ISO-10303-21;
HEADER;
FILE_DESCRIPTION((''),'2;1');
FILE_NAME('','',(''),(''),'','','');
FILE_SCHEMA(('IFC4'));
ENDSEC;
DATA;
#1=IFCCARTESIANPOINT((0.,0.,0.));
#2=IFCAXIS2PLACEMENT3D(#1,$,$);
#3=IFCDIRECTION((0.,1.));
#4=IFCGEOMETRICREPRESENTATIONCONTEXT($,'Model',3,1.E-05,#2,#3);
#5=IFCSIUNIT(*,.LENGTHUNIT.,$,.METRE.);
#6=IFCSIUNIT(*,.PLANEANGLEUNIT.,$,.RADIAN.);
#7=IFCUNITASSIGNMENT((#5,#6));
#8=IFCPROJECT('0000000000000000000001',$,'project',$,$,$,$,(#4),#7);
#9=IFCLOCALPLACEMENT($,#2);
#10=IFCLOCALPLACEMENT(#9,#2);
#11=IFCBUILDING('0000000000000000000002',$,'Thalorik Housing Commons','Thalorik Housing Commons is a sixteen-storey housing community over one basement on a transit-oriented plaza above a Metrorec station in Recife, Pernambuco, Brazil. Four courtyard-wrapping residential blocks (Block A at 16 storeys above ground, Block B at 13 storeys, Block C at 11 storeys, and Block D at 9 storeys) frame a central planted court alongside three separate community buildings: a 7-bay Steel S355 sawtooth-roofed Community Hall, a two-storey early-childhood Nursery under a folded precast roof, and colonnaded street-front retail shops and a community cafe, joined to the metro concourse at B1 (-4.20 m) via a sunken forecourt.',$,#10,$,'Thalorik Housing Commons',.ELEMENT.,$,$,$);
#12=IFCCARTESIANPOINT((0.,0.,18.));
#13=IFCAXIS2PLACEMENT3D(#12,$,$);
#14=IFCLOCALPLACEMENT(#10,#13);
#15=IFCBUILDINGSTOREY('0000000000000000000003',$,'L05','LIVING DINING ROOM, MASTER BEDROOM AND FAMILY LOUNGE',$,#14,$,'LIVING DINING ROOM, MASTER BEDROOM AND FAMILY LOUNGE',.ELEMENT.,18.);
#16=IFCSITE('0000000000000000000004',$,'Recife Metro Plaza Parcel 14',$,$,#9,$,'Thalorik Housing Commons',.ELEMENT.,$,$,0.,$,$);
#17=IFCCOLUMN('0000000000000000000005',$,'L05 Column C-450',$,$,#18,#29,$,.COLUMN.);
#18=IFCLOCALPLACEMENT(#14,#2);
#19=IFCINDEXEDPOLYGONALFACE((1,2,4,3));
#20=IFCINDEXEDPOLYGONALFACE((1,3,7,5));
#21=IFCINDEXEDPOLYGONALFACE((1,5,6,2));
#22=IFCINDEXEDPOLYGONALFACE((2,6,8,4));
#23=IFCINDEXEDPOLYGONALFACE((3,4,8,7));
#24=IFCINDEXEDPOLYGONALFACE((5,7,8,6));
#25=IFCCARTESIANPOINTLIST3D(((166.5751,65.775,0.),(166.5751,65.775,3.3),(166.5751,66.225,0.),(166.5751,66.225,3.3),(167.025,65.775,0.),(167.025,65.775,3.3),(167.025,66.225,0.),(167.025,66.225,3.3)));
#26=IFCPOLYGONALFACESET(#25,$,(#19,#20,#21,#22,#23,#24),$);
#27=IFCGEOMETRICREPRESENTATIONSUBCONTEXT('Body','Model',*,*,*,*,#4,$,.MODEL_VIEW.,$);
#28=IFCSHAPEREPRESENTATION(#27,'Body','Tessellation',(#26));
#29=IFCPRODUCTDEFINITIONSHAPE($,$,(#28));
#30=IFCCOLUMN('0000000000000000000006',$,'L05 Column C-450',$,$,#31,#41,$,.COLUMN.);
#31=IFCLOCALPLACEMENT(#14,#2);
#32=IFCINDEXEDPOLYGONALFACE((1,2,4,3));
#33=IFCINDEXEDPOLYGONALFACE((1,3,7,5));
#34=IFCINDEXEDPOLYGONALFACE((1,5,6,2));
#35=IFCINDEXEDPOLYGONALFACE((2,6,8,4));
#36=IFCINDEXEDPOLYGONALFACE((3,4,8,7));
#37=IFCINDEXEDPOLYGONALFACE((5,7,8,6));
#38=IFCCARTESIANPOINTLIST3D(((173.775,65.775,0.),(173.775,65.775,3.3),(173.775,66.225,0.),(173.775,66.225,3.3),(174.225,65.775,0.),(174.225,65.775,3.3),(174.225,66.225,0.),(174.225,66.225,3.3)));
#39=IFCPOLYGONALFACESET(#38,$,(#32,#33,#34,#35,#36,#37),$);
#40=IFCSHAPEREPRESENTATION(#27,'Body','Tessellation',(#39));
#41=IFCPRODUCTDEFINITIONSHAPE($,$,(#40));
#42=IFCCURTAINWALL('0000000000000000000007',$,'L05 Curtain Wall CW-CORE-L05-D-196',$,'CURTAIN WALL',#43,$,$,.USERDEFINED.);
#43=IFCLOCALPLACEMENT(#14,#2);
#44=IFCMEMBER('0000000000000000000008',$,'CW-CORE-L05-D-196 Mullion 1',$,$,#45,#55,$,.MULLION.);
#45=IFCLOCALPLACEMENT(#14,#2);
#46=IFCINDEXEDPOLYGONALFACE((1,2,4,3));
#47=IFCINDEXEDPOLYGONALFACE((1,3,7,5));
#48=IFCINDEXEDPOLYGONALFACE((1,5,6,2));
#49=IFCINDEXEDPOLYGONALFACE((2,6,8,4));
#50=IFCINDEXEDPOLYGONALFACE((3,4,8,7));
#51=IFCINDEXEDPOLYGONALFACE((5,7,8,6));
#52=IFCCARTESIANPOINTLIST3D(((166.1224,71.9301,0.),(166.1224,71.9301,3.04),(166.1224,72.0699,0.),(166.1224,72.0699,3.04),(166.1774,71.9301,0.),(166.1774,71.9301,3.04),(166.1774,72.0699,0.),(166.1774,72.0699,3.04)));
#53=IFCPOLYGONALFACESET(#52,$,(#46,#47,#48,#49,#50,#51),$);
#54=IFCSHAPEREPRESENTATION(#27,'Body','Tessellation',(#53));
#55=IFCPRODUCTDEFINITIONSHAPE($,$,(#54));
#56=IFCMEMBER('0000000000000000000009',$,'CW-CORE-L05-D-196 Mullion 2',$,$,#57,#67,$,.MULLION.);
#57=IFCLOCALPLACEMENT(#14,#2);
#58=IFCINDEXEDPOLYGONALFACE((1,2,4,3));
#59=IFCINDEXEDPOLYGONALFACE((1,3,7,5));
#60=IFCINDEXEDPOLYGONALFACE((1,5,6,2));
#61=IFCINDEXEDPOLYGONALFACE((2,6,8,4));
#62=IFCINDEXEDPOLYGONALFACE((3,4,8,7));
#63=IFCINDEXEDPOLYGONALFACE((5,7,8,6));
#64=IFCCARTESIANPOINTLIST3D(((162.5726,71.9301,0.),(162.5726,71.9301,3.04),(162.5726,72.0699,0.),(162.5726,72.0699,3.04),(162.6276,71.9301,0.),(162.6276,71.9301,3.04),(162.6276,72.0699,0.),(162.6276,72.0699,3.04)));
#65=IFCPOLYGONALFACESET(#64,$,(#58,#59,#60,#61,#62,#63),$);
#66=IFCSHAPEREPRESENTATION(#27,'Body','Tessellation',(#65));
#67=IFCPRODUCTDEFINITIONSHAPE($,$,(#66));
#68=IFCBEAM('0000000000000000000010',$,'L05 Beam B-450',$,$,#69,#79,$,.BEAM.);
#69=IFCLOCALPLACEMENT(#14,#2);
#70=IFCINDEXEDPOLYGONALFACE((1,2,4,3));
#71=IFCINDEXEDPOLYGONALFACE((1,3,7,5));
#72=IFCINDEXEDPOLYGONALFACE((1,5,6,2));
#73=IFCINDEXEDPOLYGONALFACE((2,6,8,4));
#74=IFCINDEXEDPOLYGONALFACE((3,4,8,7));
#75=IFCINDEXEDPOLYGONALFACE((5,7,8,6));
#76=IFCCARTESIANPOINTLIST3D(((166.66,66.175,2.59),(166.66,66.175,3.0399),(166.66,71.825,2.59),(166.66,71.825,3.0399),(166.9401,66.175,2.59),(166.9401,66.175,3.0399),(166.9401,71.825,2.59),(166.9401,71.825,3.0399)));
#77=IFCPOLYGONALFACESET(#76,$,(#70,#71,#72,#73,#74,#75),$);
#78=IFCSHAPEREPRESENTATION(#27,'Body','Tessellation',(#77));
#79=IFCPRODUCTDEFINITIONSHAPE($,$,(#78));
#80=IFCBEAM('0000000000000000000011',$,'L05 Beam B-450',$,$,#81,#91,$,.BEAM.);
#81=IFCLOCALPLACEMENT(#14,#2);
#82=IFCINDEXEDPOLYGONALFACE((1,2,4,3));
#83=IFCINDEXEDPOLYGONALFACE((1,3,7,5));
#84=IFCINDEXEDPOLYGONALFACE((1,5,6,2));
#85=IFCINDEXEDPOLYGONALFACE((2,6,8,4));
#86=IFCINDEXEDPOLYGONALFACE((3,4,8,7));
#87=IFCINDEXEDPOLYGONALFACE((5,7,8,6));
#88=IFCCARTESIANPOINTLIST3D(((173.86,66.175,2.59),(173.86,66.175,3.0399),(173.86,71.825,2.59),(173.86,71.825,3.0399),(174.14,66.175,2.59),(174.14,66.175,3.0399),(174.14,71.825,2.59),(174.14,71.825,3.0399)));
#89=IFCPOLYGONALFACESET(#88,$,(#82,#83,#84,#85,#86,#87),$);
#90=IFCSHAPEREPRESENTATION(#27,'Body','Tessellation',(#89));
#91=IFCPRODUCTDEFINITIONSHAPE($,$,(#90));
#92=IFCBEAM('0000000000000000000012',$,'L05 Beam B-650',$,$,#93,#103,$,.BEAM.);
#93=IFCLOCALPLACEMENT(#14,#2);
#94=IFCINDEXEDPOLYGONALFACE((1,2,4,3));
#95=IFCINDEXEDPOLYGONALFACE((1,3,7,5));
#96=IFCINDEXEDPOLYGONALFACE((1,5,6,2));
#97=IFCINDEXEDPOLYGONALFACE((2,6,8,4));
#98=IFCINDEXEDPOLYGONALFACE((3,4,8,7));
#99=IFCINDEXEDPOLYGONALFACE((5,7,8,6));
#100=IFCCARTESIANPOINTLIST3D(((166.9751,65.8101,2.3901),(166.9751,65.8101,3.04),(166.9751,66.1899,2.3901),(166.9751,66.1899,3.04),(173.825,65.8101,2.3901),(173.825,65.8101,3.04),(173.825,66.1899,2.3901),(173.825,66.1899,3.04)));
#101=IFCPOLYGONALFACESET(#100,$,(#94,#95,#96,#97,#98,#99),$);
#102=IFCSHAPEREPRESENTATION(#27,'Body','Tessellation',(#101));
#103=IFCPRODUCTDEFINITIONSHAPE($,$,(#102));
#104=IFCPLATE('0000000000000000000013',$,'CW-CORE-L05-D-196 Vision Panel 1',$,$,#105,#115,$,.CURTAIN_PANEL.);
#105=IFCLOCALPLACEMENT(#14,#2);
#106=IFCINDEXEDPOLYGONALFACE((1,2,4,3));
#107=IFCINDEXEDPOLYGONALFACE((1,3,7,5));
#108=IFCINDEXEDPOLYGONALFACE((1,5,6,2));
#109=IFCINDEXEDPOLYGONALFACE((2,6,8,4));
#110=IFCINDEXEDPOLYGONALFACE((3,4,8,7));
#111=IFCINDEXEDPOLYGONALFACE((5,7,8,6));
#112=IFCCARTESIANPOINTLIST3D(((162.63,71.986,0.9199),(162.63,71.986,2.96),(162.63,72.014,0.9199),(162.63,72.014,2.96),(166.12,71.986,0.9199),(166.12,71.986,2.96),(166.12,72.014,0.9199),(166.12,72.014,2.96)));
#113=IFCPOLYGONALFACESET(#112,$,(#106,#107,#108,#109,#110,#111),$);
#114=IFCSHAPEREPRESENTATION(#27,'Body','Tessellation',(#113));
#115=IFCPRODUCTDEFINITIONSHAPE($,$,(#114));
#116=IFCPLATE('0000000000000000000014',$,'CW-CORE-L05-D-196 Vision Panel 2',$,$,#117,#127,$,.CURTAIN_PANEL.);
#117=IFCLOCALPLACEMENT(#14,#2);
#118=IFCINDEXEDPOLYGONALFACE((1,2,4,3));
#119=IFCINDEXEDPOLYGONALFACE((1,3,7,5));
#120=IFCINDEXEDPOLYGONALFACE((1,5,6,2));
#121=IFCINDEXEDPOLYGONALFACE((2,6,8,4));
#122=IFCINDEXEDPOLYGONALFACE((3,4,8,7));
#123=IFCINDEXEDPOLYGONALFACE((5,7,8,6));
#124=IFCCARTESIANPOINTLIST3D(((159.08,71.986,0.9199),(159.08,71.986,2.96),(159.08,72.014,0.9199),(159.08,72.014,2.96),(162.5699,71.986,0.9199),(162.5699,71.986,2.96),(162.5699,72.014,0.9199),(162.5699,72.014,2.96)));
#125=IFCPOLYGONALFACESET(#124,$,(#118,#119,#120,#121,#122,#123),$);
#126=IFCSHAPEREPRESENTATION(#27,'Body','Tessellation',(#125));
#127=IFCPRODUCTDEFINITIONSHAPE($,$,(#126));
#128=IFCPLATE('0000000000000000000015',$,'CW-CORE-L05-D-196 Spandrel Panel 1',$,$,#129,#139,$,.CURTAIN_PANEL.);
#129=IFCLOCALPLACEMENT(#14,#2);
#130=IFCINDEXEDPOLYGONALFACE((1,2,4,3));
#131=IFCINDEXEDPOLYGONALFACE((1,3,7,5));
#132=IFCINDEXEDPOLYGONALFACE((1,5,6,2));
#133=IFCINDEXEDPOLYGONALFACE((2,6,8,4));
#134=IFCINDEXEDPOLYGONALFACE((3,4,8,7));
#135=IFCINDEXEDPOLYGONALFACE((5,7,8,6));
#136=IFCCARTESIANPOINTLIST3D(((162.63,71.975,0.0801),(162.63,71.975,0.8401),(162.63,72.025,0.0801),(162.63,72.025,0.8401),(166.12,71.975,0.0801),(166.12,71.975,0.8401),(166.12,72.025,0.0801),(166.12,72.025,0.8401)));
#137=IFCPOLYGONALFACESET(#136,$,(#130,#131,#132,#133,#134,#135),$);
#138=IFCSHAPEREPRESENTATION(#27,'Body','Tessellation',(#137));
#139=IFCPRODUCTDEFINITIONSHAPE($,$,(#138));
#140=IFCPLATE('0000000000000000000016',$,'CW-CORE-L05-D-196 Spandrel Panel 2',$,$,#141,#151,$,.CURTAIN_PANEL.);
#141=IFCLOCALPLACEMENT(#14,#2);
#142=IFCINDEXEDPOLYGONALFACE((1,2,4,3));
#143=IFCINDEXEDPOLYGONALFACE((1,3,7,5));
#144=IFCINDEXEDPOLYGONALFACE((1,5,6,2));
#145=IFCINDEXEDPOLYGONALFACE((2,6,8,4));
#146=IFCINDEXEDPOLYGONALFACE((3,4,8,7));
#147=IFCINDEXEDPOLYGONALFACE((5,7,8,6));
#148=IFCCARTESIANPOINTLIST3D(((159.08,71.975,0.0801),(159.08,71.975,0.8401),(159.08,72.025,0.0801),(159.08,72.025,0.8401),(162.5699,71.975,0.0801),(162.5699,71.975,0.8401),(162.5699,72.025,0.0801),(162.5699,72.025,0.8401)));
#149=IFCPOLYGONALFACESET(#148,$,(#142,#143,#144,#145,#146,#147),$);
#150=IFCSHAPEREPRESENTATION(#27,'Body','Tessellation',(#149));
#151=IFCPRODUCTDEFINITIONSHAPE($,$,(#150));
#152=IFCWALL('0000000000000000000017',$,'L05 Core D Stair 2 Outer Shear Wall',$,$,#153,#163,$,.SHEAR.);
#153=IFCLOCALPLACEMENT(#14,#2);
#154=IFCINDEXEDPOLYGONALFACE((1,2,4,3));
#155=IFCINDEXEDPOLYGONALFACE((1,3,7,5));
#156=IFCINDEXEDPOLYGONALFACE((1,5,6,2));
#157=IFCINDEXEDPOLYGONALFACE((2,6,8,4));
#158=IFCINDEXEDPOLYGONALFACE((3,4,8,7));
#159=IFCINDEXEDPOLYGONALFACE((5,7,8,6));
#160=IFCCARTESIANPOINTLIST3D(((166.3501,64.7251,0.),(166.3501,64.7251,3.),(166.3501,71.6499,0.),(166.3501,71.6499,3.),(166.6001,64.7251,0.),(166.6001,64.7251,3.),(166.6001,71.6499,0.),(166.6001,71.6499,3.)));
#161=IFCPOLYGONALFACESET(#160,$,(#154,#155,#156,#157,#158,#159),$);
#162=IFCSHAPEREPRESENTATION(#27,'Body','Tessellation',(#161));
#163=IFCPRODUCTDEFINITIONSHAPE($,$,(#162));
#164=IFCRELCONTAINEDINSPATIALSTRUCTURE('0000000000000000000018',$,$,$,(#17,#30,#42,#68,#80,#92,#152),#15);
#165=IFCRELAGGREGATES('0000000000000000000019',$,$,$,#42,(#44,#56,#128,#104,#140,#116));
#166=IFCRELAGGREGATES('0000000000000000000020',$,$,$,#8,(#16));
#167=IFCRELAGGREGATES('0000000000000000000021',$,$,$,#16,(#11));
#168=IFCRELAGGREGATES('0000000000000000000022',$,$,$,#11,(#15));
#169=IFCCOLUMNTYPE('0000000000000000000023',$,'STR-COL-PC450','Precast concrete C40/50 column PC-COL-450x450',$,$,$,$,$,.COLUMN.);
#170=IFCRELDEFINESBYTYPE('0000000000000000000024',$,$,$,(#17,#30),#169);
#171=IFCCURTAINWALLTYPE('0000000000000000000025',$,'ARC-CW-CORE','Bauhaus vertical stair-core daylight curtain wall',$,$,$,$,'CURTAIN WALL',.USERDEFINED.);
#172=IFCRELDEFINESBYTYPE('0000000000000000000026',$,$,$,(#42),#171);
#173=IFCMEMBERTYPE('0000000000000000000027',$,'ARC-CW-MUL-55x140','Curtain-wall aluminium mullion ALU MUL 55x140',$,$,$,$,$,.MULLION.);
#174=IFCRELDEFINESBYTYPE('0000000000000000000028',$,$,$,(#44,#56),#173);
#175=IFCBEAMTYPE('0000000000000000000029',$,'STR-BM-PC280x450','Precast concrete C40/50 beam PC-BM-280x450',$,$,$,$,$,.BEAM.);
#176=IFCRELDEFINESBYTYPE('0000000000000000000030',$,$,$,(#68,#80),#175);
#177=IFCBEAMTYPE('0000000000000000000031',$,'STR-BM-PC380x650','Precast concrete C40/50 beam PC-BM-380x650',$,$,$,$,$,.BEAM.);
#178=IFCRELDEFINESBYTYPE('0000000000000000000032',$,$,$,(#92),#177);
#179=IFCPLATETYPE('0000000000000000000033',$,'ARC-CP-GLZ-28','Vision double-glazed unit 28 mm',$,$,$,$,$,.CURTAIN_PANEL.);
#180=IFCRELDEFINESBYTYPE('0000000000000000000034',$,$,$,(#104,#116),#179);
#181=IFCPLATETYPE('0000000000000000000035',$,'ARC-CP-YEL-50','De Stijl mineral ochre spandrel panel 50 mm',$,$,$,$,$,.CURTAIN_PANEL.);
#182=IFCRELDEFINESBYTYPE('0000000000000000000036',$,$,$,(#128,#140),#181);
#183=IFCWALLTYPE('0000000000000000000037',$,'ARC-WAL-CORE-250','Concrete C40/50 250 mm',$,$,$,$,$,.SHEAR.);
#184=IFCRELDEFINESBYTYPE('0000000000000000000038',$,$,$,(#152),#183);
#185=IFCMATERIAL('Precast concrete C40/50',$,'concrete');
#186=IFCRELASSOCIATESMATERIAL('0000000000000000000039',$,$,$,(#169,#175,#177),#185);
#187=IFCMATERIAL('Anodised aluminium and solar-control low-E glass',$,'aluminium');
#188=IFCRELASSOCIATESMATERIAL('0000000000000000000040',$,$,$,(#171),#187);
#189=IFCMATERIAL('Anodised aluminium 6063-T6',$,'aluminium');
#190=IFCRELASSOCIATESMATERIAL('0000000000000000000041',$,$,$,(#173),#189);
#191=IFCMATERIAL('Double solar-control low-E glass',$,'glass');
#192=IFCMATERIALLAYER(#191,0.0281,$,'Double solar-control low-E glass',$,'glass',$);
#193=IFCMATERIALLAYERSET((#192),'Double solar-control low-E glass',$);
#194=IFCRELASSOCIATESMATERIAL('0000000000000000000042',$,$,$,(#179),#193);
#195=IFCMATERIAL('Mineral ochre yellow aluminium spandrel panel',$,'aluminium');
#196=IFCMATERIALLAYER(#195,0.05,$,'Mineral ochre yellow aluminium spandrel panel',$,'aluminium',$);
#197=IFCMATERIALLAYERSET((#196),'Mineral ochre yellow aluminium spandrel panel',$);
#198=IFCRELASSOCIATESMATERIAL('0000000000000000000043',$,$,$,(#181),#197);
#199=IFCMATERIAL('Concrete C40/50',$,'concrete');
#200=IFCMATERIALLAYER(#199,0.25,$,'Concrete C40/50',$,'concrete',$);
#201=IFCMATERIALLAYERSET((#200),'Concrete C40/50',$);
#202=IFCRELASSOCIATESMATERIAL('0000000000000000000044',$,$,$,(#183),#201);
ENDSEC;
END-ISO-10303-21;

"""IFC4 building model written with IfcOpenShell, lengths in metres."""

from ifc_helpers import new_model, si_unit, direction, frame, frame_2d, origin, origin_2d, place, context, subcontext, project, spatial, rectangle, extrude, material, layer, layer_set, material_profile, profile_set, type_object, element, aggregate, save


model = new_model("IFC4")

# Units and contexts
model_context = context("Model", 3, precision=1e-05, world=origin(), true_north=direction((0.0, 1.0)))
body_context = subcontext(model_context, "Body", "Model", "MODEL_VIEW")
ifc_project = project(units=[si_unit("LENGTHUNIT", "METRE"), si_unit("PLANEANGLEUNIT", "RADIAN")], contexts=[model_context])

# Site, building, storey
site_placement = place(None, origin())
site = spatial("IfcSite", under=ifc_project, at=site_placement, Name="Recife Metro Plaza Parcel 14", LongName="Thalorik Housing Commons", CompositionType="ELEMENT", RefElevation=0.0)
building_placement = place(site_placement, origin())
building = spatial("IfcBuilding", under=site, at=building_placement, Name="Thalorik Housing Commons", Description="Thalorik Housing Commons is a sixteen-storey housing community over one basement on a transit-oriented plaza above a Metrorec station in Recife, Pernambuco, Brazil. Four courtyard-wrapping residential blocks (Block A at 16 storeys above ground, Block B at 13 storeys, Block C at 11 storeys, and Block D at 9 storeys) frame a central planted court alongside three separate community buildings: a 7-bay Steel S355 sawtooth-roofed Community Hall, a two-storey early-childhood Nursery under a folded precast roof, and colonnaded street-front retail shops and a community cafe, joined to the metro concourse at B1 (-4.20 m) via a sunken forecourt.", LongName="Thalorik Housing Commons", CompositionType="ELEMENT")
storey_placement = place(building_placement, frame((0.0, 0.0, 18.0)))
storey = spatial("IfcBuildingStorey", under=building, at=storey_placement, Name="L05", Description="LIVING DINING ROOM, MASTER BEDROOM AND FAMILY LOUNGE", LongName="LIVING DINING ROOM, MASTER BEDROOM AND FAMILY LOUNGE", CompositionType="ELEMENT", Elevation=18.0)

# Columns
ifc_material_1 = material(Name="Precast concrete C40/50", Category="concrete")
ifc_material_profile_1 = material_profile(ifc_material_1, rectangle(XDim=0.45, YDim=0.45, at=origin_2d()), Name="PC 450x450", Category="concrete")
ifc_profile_set_1 = profile_set([ifc_material_profile_1], Name="Precast concrete C40/50")
column_type = type_object("IfcColumnType", Name="STR-COL-PC450", Description="Precast concrete C40/50 column PC-COL-450x450", PredefinedType="COLUMN", material=ifc_profile_set_1)
for number, where, z_axis, x_axis, name in (
    (1, (166.8, 66.0, 0.0), (0.0, 0.0, 1.0), (1.0, 0.0, 0.0), "L05 Column C-450"),
    (2, (174.0, 66.0, 0.0), (0.0, 0.0, 1.0), (1.0, 0.0, 0.0), "L05 Column C-450"),
):
    element("IfcColumn", number, at=place(storey_placement, frame(where, z_axis=z_axis, x_axis=x_axis)), inside=storey, type_object=column_type, Name=name, PredefinedType="COLUMN", context=body_context, shape_type="SweptSolid", body=[
        extrude(rectangle(XDim=0.45, YDim=0.45, at=origin_2d()), origin(), (0.0, 0.0, 1.0), 3.3),
    ])

# Curtain wall, members
ifc_material_2 = material(Name="Anodised aluminium and solar-control low-E glass", Category="aluminium")
curtain_wall_type = type_object("IfcCurtainWallType", Name="ARC-CW-CORE", Description="Bauhaus vertical stair-core daylight curtain wall", ElementType="CURTAIN WALL", PredefinedType="USERDEFINED", material=ifc_material_2)
curtain_wall_placement = place(storey_placement, origin())
curtain_wall = element("IfcCurtainWall", 3, at=curtain_wall_placement, inside=storey, type_object=curtain_wall_type, Name="L05 Curtain Wall CW-CORE-L05-D-196", ObjectType="CURTAIN WALL", PredefinedType="USERDEFINED")
ifc_material_3 = material(Name="Anodised aluminium 6063-T6", Category="aluminium")
ifc_material_profile_2 = material_profile(ifc_material_3, rectangle(XDim=0.0549, YDim=0.1399, at=origin_2d()), Name="ALU MUL 55x140", Category="aluminium")
ifc_profile_set_2 = profile_set([ifc_material_profile_2], Name="Anodised aluminium 6063-T6")
member_type = type_object("IfcMemberType", Name="ARC-CW-MUL-55x140", Description="Curtain-wall aluminium mullion ALU MUL 55x140", PredefinedType="MULLION", material=ifc_profile_set_2)
member_1_placement = place(storey_placement, frame((166.1499, 72.0, 0.0), z_axis=(0.0, 0.0, 1.0), x_axis=(-1.0, 0.0, 0.0)))
member_1 = element("IfcMember", 4, at=member_1_placement, type_object=member_type, Name="CW-CORE-L05-D-196 Mullion 1", PredefinedType="MULLION", context=body_context, shape_type="SweptSolid", body=[
    extrude(rectangle(XDim=0.0549, YDim=0.1399, at=origin_2d()), origin(), (0.0, 0.0, 1.0), 3.04),
])
member_2_placement = place(storey_placement, frame((162.6001, 72.0, 0.0), z_axis=(0.0, 0.0, 1.0), x_axis=(-1.0, 0.0, 0.0)))
member_2 = element("IfcMember", 5, at=member_2_placement, type_object=member_type, Name="CW-CORE-L05-D-196 Mullion 2", PredefinedType="MULLION", context=body_context, shape_type="SweptSolid", body=[
    extrude(rectangle(XDim=0.0549, YDim=0.1399, at=origin_2d()), origin(), (0.0, 0.0, 1.0), 3.04),
])

# Beams
ifc_material_profile_3 = material_profile(ifc_material_1, rectangle(XDim=0.28, YDim=0.45, at=origin_2d()), Name="PC 280x450", Category="concrete")
ifc_profile_set_3 = profile_set([ifc_material_profile_3], Name="Precast concrete C40/50")
beam_type_1 = type_object("IfcBeamType", Name="STR-BM-PC280x450", Description="Precast concrete C40/50 beam PC-BM-280x450", PredefinedType="BEAM", material=ifc_profile_set_3)
for number, where, z_axis, x_axis, name in (
    (6, (166.8, 66.175, 2.8149), (0.0, 1.0, 0.0), (-1.0, 0.0, 0.0), "L05 Beam B-450"),
    (7, (174.0, 66.175, 2.8149), (0.0, 1.0, 0.0), (-1.0, 0.0, 0.0), "L05 Beam B-450"),
):
    element("IfcBeam", number, at=place(storey_placement, frame(where, z_axis=z_axis, x_axis=x_axis)), inside=storey, type_object=beam_type_1, Name=name, PredefinedType="BEAM", context=body_context, shape_type="SweptSolid", body=[
        extrude(rectangle(XDim=0.28, YDim=0.45, at=origin_2d()), origin(), (0.0, 0.0, 1.0), 5.6499),
    ])
ifc_material_profile_4 = material_profile(ifc_material_1, rectangle(XDim=0.3799, YDim=0.6499, at=origin_2d()), Name="PC 380x650", Category="concrete")
ifc_profile_set_4 = profile_set([ifc_material_profile_4], Name="Precast concrete C40/50")
beam_type_2 = type_object("IfcBeamType", Name="STR-BM-PC380x650", Description="Precast concrete C40/50 beam PC-BM-380x650", PredefinedType="BEAM", material=ifc_profile_set_4)
beam_placement = place(storey_placement, frame((166.9751, 66.0, 2.7151), z_axis=(1.0, 0.0, 0.0), x_axis=(0.0, 1.0, 0.0)))
element("IfcBeam", 8, at=beam_placement, inside=storey, type_object=beam_type_2, Name="L05 Beam B-650", PredefinedType="BEAM", context=body_context, shape_type="SweptSolid", body=[
    extrude(rectangle(XDim=0.3799, YDim=0.6499, at=origin_2d()), origin(), (0.0, 0.0, 1.0), 6.8499),
])

# Plates
ifc_material_4 = material(Name="Double solar-control low-E glass", Category="glass")
ifc_layer_1 = layer(ifc_material_4, 0.0281, Name="Double solar-control low-E glass", Category="glass")
ifc_layer_set_1 = layer_set([ifc_layer_1], Name="Double solar-control low-E glass")
plate_type_1 = type_object("IfcPlateType", Name="ARC-CP-GLZ-28", Description="Vision double-glazed unit 28 mm", PredefinedType="CURTAIN_PANEL", material=ifc_layer_set_1)
plate_1_placement = place(storey_placement, frame((164.375, 72.0, 0.9199), z_axis=(0.0, 0.0, 1.0), x_axis=(-1.0, 0.0, 0.0)))
plate_1 = element("IfcPlate", 9, at=plate_1_placement, type_object=plate_type_1, Name="CW-CORE-L05-D-196 Vision Panel 1", PredefinedType="CURTAIN_PANEL", context=body_context, shape_type="SweptSolid", body=[
    extrude(rectangle(XDim=3.49, YDim=0.0281, at=origin_2d()), origin(), (0.0, 0.0, 1.0), 2.04),
])
plate_2_placement = place(storey_placement, frame((160.825, 72.0, 0.9199), z_axis=(0.0, 0.0, 1.0), x_axis=(-1.0, 0.0, 0.0)))
plate_2 = element("IfcPlate", 10, at=plate_2_placement, type_object=plate_type_1, Name="CW-CORE-L05-D-196 Vision Panel 2", PredefinedType="CURTAIN_PANEL", context=body_context, shape_type="SweptSolid", body=[
    extrude(rectangle(XDim=3.49, YDim=0.0281, at=origin_2d()), origin(), (0.0, 0.0, 1.0), 2.04),
])
ifc_material_5 = material(Name="Mineral ochre yellow aluminium spandrel panel", Category="aluminium")
ifc_layer_2 = layer(ifc_material_5, 0.05, Name="Mineral ochre yellow aluminium spandrel panel", Category="aluminium")
ifc_layer_set_2 = layer_set([ifc_layer_2], Name="Mineral ochre yellow aluminium spandrel panel")
plate_type_2 = type_object("IfcPlateType", Name="ARC-CP-YEL-50", Description="De Stijl mineral ochre spandrel panel 50 mm", PredefinedType="CURTAIN_PANEL", material=ifc_layer_set_2)
plate_3_placement = place(storey_placement, frame((164.375, 72.0, 0.0801), z_axis=(0.0, 0.0, 1.0), x_axis=(-1.0, 0.0, 0.0)))
plate_3 = element("IfcPlate", 11, at=plate_3_placement, type_object=plate_type_2, Name="CW-CORE-L05-D-196 Spandrel Panel 1", PredefinedType="CURTAIN_PANEL", context=body_context, shape_type="SweptSolid", body=[
    extrude(rectangle(XDim=3.49, YDim=0.05, at=origin_2d()), origin(), (0.0, 0.0, 1.0), 0.76),
])
plate_4_placement = place(storey_placement, frame((160.825, 72.0, 0.0801), z_axis=(0.0, 0.0, 1.0), x_axis=(-1.0, 0.0, 0.0)))
plate_4 = element("IfcPlate", 12, at=plate_4_placement, type_object=plate_type_2, Name="CW-CORE-L05-D-196 Spandrel Panel 2", PredefinedType="CURTAIN_PANEL", context=body_context, shape_type="SweptSolid", body=[
    extrude(rectangle(XDim=3.49, YDim=0.05, at=origin_2d()), origin(), (0.0, 0.0, 1.0), 0.76),
])
aggregate(curtain_wall, [member_1, member_2, plate_3, plate_1, plate_4, plate_2])

# Wall
ifc_material_6 = material(Name="Concrete C40/50", Category="concrete")
ifc_layer_3 = layer(ifc_material_6, 0.25, Name="Concrete C40/50", Category="concrete")
ifc_layer_set_3 = layer_set([ifc_layer_3], Name="Concrete C40/50")
wall_type_1 = type_object("IfcWallType", Name="ARC-WAL-CORE-250", Description="Concrete C40/50 250 mm", PredefinedType="SHEAR", material=ifc_layer_set_3)
wall_1_placement = place(storey_placement, frame((166.4751, 71.6499, 0.0), z_axis=(0.0, 0.0, 1.0), x_axis=(0.0, -1.0, 0.0)))
element("IfcWall", 13, at=wall_1_placement, inside=storey, type_object=wall_type_1, Name="L05 Core D Stair 2 Outer Shear Wall", PredefinedType="SHEAR", context=body_context, shape_type="SweptSolid", body=[
    extrude(rectangle(XDim=6.9248, YDim=0.25, at=frame_2d((3.4624, 0.0))), origin(), (0.0, 0.0, 1.0), 3.0),
])

save(model, "model.ifc")
